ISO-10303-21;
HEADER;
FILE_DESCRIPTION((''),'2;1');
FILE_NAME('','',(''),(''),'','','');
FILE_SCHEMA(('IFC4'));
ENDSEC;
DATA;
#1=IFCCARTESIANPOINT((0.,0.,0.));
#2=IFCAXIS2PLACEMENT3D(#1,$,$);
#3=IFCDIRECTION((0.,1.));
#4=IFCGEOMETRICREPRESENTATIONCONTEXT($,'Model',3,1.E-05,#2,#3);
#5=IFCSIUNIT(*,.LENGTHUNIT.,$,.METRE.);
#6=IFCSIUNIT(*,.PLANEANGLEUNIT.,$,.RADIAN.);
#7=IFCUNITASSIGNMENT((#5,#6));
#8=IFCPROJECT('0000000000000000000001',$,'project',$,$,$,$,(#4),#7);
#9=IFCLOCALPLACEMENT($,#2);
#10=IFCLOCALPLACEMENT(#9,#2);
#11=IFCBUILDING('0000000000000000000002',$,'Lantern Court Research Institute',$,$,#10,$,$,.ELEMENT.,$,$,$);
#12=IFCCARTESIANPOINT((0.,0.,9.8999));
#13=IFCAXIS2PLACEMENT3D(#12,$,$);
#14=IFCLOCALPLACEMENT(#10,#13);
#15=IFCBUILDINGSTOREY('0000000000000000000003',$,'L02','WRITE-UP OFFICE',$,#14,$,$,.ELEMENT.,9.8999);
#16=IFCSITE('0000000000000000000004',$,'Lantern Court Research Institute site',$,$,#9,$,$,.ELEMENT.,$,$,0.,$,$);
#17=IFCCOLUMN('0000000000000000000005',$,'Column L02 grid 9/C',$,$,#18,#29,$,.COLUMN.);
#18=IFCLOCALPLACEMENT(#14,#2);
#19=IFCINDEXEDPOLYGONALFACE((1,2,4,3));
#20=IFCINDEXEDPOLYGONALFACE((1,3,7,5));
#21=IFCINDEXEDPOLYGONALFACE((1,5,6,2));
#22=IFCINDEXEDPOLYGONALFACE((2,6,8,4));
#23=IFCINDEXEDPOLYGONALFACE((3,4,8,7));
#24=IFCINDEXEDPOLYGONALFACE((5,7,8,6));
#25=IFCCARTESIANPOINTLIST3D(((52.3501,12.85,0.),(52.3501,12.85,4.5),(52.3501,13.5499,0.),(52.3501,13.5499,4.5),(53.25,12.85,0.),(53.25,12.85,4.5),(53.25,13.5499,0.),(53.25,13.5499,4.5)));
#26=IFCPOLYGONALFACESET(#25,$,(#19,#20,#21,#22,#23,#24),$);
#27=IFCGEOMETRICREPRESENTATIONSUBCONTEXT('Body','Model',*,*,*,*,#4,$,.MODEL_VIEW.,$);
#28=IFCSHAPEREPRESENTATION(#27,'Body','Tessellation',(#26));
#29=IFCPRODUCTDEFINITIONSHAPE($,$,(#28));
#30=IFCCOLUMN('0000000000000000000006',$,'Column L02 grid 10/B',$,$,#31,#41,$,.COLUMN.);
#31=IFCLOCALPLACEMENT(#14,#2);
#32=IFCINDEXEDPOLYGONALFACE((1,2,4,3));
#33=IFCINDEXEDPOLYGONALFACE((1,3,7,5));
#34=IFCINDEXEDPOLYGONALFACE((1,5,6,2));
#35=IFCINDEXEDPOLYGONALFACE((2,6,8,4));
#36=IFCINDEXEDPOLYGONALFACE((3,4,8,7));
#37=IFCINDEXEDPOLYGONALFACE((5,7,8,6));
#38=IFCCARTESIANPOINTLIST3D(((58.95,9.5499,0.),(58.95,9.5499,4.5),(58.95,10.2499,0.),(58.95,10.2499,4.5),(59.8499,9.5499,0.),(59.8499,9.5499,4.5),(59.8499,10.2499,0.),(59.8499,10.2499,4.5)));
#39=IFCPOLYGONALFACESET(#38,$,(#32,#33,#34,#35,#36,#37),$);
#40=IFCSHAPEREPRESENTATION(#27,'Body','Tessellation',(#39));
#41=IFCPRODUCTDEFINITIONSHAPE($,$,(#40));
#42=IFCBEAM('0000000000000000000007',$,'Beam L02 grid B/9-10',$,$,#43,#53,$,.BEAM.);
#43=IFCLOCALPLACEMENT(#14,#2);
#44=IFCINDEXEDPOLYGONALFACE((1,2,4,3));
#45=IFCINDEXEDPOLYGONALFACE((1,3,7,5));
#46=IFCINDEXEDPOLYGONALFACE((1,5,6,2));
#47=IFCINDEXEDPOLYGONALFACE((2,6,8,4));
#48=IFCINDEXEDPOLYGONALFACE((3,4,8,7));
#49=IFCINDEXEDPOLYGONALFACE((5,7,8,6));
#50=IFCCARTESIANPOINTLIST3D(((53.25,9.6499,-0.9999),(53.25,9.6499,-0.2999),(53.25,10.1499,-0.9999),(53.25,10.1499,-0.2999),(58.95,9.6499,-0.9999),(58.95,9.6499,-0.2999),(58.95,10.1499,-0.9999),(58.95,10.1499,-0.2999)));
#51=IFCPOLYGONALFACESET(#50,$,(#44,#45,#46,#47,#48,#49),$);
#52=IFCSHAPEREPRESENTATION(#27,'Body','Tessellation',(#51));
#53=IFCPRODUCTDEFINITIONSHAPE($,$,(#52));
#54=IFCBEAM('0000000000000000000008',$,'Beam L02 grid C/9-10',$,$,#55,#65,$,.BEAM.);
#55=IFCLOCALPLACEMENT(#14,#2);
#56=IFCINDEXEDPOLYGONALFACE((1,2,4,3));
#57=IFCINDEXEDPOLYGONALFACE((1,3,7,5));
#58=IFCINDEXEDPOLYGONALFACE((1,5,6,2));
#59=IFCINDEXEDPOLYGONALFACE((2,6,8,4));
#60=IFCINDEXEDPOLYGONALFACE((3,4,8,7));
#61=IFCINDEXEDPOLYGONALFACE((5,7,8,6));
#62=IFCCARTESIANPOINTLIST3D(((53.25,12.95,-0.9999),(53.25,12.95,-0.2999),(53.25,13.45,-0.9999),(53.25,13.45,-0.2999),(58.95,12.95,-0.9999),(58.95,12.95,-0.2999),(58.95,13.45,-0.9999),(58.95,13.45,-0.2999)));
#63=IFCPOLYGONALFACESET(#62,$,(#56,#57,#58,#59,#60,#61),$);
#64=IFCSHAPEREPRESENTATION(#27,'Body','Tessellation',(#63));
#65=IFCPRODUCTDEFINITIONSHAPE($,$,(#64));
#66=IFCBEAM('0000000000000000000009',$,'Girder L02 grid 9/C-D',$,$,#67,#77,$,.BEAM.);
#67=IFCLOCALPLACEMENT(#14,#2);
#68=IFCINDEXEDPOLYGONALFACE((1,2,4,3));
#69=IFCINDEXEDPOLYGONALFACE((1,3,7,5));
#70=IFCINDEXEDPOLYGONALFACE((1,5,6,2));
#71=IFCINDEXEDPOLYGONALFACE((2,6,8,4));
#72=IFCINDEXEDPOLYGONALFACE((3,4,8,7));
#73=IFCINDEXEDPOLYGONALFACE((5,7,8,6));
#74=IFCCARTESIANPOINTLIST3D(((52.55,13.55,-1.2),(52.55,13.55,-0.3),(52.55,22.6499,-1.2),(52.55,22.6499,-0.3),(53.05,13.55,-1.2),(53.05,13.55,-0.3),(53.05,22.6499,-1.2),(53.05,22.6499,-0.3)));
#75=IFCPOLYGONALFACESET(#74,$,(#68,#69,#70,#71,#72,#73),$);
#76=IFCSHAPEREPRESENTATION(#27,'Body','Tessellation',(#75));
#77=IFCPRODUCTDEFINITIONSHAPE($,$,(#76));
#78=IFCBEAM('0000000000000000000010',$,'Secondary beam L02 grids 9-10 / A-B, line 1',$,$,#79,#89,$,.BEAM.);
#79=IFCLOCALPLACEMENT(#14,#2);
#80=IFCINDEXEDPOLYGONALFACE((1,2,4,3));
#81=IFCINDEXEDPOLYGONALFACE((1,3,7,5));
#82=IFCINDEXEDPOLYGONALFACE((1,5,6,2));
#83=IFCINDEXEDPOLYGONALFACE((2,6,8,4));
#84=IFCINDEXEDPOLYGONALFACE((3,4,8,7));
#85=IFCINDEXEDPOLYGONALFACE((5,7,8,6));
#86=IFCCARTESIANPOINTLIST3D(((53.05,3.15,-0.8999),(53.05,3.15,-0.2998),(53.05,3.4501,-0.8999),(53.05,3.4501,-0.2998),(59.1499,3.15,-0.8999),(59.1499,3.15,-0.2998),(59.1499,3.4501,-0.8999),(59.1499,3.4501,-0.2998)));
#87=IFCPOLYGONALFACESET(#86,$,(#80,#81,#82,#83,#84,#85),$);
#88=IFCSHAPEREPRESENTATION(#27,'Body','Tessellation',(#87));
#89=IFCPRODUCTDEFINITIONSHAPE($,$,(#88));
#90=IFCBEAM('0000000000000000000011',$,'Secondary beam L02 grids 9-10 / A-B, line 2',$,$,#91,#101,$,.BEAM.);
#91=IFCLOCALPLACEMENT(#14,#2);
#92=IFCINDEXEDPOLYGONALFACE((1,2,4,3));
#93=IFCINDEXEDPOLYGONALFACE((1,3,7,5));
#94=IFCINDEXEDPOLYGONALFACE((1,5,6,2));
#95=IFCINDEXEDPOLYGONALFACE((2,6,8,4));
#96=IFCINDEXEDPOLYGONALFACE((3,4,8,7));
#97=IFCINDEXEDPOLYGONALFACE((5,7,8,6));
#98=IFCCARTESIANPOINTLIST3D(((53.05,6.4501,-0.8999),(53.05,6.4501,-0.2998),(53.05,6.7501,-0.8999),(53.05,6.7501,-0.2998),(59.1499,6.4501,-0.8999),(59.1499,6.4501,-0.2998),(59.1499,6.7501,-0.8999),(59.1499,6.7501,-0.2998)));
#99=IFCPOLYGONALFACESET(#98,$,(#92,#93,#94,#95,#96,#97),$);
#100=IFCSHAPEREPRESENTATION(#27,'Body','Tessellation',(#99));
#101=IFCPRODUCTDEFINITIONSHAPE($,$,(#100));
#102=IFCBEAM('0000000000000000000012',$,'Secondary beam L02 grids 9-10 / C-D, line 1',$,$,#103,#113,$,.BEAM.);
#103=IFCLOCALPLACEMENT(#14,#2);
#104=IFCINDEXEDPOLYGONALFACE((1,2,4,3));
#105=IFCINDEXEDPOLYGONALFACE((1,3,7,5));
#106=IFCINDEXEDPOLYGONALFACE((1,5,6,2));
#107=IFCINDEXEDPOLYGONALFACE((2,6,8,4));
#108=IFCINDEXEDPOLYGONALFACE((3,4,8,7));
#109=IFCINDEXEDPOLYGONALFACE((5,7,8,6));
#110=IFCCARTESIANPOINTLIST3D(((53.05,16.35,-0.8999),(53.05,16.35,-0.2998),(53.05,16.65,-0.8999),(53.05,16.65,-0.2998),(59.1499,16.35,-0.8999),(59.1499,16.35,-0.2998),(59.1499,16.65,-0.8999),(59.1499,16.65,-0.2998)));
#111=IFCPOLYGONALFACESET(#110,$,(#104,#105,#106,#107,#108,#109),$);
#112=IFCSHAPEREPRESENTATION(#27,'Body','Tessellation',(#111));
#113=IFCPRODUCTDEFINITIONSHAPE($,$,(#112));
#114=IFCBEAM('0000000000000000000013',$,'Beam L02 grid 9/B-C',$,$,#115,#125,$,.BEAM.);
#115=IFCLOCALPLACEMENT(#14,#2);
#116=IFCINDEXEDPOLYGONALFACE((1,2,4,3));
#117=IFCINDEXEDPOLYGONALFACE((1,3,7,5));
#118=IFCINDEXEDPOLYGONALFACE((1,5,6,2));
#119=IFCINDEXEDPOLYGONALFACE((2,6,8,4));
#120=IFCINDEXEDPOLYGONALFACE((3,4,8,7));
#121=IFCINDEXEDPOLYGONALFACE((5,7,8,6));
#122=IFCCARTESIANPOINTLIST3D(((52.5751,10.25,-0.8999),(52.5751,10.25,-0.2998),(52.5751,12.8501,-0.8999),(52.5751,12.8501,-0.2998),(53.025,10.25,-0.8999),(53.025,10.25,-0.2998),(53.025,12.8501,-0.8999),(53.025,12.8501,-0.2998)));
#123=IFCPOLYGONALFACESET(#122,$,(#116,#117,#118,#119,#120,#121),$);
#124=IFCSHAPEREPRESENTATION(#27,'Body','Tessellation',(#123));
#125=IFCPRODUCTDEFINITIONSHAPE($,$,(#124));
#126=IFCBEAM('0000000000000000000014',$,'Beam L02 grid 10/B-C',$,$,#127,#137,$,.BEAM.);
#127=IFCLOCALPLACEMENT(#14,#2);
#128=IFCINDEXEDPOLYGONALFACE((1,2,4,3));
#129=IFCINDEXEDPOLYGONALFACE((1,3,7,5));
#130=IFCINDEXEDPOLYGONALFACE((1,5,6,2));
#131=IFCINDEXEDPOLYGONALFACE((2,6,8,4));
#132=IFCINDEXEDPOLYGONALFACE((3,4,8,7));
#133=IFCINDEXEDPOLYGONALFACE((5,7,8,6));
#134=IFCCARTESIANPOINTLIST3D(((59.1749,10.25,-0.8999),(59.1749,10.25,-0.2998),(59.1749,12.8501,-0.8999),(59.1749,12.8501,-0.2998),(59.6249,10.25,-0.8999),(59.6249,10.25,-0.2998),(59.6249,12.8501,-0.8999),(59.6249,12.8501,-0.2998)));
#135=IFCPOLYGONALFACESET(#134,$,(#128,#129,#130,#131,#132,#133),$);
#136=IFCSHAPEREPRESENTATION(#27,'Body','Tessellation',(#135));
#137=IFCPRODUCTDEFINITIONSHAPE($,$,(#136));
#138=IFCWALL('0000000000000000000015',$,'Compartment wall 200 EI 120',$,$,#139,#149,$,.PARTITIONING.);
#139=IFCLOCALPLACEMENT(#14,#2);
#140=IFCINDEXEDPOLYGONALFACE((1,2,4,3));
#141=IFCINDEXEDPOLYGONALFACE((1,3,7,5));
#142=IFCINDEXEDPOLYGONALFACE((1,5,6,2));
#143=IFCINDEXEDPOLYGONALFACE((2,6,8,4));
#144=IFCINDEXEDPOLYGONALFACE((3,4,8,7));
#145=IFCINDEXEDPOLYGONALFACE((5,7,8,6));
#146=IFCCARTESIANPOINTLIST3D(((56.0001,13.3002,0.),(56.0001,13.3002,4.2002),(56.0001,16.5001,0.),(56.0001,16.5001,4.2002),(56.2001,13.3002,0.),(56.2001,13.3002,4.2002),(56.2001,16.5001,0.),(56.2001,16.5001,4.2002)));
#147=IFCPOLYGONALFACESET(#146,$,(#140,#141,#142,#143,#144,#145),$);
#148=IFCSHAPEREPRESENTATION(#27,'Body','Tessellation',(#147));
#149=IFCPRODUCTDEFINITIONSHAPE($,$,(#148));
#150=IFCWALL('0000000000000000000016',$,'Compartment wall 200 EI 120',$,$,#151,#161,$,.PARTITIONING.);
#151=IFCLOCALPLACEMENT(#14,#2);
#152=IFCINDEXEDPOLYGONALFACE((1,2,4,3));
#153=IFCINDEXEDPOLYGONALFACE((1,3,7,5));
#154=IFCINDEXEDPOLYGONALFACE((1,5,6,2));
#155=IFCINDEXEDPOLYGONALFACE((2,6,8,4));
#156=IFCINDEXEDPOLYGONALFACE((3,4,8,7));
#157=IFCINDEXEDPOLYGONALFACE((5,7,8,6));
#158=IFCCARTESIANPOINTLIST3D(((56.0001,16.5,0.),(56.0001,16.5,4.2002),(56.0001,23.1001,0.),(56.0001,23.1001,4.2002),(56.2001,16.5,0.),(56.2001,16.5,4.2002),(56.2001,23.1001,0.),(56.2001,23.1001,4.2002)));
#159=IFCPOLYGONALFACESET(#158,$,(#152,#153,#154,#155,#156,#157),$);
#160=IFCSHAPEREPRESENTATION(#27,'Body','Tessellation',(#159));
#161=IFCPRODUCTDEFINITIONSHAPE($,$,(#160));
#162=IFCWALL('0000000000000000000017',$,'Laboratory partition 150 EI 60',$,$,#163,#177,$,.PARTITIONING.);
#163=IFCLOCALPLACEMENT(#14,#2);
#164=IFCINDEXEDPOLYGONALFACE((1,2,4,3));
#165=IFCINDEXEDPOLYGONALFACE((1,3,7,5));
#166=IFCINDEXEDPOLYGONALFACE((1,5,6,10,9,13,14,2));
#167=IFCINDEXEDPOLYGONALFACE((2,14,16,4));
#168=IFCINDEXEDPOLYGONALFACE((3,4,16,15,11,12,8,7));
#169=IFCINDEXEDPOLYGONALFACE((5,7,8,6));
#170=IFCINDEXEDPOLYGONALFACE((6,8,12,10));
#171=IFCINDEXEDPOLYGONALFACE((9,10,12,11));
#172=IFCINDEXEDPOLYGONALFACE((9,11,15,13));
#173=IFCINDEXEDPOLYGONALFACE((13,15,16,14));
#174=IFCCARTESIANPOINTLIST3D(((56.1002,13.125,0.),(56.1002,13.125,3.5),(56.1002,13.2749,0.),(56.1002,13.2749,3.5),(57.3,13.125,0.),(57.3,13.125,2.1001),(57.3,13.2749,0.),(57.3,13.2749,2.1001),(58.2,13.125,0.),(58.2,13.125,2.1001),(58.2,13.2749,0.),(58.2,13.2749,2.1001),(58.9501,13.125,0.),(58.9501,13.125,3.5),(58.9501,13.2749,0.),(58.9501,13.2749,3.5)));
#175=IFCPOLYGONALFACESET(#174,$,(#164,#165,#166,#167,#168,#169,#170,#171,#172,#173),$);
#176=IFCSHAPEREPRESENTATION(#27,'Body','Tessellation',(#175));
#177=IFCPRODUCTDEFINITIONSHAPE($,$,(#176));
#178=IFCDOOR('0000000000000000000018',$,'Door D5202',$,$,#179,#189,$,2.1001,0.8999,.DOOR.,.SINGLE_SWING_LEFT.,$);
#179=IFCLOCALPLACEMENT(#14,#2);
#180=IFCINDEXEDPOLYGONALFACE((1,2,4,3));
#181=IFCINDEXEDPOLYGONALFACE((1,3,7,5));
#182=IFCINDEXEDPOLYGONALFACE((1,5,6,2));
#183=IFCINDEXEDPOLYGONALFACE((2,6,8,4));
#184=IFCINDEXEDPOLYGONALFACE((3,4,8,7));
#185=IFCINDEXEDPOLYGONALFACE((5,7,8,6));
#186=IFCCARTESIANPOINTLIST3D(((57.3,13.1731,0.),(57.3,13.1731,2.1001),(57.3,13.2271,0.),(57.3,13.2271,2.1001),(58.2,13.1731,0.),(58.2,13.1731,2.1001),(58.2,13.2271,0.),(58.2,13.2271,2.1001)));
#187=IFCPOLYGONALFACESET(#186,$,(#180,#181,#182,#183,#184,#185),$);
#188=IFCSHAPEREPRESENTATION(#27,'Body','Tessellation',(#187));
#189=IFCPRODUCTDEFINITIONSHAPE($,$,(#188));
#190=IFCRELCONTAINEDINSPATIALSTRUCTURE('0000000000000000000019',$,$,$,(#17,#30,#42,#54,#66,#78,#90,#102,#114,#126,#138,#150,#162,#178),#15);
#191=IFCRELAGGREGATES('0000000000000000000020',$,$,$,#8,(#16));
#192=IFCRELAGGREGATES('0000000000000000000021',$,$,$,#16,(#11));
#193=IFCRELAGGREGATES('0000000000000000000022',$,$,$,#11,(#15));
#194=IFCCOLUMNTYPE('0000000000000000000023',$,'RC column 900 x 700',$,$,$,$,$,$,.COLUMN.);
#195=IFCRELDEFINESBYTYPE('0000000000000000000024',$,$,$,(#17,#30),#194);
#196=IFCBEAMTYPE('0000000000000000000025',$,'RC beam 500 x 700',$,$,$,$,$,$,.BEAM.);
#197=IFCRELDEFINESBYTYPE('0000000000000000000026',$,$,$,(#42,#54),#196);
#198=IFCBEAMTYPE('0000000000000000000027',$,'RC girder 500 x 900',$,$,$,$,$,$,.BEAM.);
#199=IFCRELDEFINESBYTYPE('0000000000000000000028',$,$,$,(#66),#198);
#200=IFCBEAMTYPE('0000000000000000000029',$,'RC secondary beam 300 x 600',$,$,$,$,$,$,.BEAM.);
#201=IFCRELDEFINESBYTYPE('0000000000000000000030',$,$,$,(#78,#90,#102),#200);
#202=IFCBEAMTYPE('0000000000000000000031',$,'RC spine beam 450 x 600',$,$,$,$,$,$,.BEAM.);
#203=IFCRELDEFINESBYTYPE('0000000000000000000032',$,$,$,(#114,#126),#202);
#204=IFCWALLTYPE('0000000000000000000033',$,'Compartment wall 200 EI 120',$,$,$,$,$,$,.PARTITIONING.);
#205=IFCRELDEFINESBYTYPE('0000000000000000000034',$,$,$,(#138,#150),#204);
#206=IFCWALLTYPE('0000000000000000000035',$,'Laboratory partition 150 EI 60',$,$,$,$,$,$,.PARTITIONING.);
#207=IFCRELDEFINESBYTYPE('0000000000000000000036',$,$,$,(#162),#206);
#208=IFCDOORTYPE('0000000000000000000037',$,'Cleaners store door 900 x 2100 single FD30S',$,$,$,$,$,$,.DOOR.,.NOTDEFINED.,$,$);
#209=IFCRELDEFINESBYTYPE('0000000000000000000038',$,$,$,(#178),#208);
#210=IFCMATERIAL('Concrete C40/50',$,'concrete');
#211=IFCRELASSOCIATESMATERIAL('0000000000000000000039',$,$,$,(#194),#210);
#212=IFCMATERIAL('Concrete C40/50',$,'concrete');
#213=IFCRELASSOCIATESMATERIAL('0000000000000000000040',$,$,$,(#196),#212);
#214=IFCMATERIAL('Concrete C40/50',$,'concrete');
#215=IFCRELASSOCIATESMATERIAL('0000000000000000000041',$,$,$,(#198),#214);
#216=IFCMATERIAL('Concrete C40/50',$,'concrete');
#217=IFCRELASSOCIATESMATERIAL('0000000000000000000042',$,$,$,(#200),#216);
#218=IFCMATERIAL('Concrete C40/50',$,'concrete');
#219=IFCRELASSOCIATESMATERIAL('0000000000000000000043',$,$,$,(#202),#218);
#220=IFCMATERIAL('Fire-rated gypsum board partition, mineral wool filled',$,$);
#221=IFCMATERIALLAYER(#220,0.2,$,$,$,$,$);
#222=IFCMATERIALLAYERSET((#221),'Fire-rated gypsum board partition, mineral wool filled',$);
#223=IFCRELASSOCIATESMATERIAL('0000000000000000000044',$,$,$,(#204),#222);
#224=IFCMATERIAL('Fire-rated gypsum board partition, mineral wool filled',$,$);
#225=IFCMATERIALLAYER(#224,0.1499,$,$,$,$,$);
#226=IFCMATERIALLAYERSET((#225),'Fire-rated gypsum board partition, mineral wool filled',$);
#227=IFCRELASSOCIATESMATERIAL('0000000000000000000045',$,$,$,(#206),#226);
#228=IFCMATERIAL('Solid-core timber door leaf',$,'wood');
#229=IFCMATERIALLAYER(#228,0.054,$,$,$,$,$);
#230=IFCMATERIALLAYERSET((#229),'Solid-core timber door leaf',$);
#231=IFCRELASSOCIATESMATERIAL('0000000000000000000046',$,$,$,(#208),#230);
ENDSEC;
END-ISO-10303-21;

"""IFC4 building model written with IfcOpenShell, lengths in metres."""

from ifc_helpers import new_model, si_unit, direction, frame, frame_2d, origin, origin_2d, place, context, subcontext, project, spatial, rectangle, extrude, material, layer, layer_set, material_profile, profile_set, type_object, element, fill, save


model = new_model("IFC4")

# Units and contexts
model_context = context("Model", 3, precision=1e-05, world=origin(), true_north=direction((0.0, 1.0)))
body_context = subcontext(model_context, "Body", "Model", "MODEL_VIEW")
ifc_project = project(units=[si_unit("LENGTHUNIT", "METRE"), si_unit("PLANEANGLEUNIT", "RADIAN")], contexts=[model_context])

# Site, building, storey
site_placement = place(None, origin())
site = spatial("IfcSite", under=ifc_project, at=site_placement, Name="Lantern Court Research Institute site", CompositionType="ELEMENT", RefElevation=0.0)
building_placement = place(site_placement, origin())
building = spatial("IfcBuilding", under=site, at=building_placement, Name="Lantern Court Research Institute", CompositionType="ELEMENT")
storey_placement = place(building_placement, frame((0.0, 0.0, 9.8999)))
storey = spatial("IfcBuildingStorey", under=building, at=storey_placement, Name="L02", Description="WRITE-UP OFFICE", CompositionType="ELEMENT", Elevation=9.8999)

# Columns
ifc_material_1 = material(Name="Concrete C40/50", Category="concrete")
ifc_material_profile_1 = material_profile(ifc_material_1, rectangle(XDim=0.8999, YDim=0.7, at=origin_2d()), Name="RC column 900 x 700")
ifc_profile_set_1 = profile_set([ifc_material_profile_1], Name="Concrete C40/50")
column_type = type_object("IfcColumnType", Name="RC column 900 x 700", PredefinedType="COLUMN", material=ifc_profile_set_1)
for number, where, z_axis, x_axis, name in (
    (1, (52.8, 13.2, 0.0), (0.0, 0.0, 1.0), (1.0, 0.0, 0.0), "Column L02 grid 9/C"),
    (2, (59.3999, 9.8999, 0.0), (0.0, 0.0, 1.0), (1.0, 0.0, 0.0), "Column L02 grid 10/B"),
):
    element("IfcColumn", number, at=place(storey_placement, frame(where, z_axis=z_axis, x_axis=x_axis)), inside=storey, type_object=column_type, Name=name, PredefinedType="COLUMN", context=body_context, shape_type="SweptSolid", body=[
        extrude(rectangle(XDim=0.8999, YDim=0.7, at=origin_2d()), origin(), (0.0, 0.0, 1.0), 4.5),
    ])

# Beams
ifc_material_2 = material(Name="Concrete C40/50", Category="concrete")
ifc_material_profile_2 = material_profile(ifc_material_2, rectangle(XDim=0.5, YDim=0.7, at=origin_2d()), Name="RC beam 500 x 700")
ifc_profile_set_2 = profile_set([ifc_material_profile_2], Name="Concrete C40/50")
beam_type_1 = type_object("IfcBeamType", Name="RC beam 500 x 700", PredefinedType="BEAM", material=ifc_profile_set_2)
for number, where, z_axis, x_axis, name in (
    (3, (53.25, 9.8999, -0.6499), (1.0, 0.0, 0.0), (0.0, 1.0, 0.0), "Beam L02 grid B/9-10"),
    (4, (53.25, 13.2, -0.6499), (1.0, 0.0, 0.0), (0.0, 1.0, 0.0), "Beam L02 grid C/9-10"),
):
    element("IfcBeam", number, at=place(storey_placement, frame(where, z_axis=z_axis, x_axis=x_axis)), inside=storey, type_object=beam_type_1, Name=name, PredefinedType="BEAM", context=body_context, shape_type="SweptSolid", body=[
        extrude(rectangle(XDim=0.5, YDim=0.7, at=origin_2d()), origin(), (0.0, 0.0, 1.0), 5.7),
    ])
ifc_material_3 = material(Name="Concrete C40/50", Category="concrete")
ifc_material_profile_3 = material_profile(ifc_material_3, rectangle(XDim=0.5, YDim=0.8999, at=origin_2d()), Name="RC beam 500 x 900")
ifc_profile_set_3 = profile_set([ifc_material_profile_3], Name="Concrete C40/50")
beam_type_2 = type_object("IfcBeamType", Name="RC girder 500 x 900", PredefinedType="BEAM", material=ifc_profile_set_3)
beam_placement = place(storey_placement, frame((52.8, 13.55, -0.75), z_axis=(0.0, 1.0, 0.0), x_axis=(-1.0, 0.0, 0.0)))
element("IfcBeam", 5, at=beam_placement, inside=storey, type_object=beam_type_2, Name="Girder L02 grid 9/C-D", PredefinedType="BEAM", context=body_context, shape_type="SweptSolid", body=[
    extrude(rectangle(XDim=0.5, YDim=0.8999, at=origin_2d()), origin(), (0.0, 0.0, 1.0), 9.0999),
])
ifc_material_4 = material(Name="Concrete C40/50", Category="concrete")
ifc_material_profile_4 = material_profile(ifc_material_4, rectangle(XDim=0.3, YDim=0.6001, at=origin_2d()), Name="RC beam 300 x 600")
ifc_profile_set_4 = profile_set([ifc_material_profile_4], Name="Concrete C40/50")
beam_type_3 = type_object("IfcBeamType", Name="RC secondary beam 300 x 600", PredefinedType="BEAM", material=ifc_profile_set_4)
for number, where, z_axis, x_axis, name in (
    (6, (53.05, 3.3, -0.5999), (1.0, 0.0, 0.0), (0.0, 1.0, 0.0), "Secondary beam L02 grids 9-10 / A-B, line 1"),
    (7, (53.05, 6.6001, -0.5999), (1.0, 0.0, 0.0), (0.0, 1.0, 0.0), "Secondary beam L02 grids 9-10 / A-B, line 2"),
    (8, (53.05, 16.5, -0.5999), (1.0, 0.0, 0.0), (0.0, 1.0, 0.0), "Secondary beam L02 grids 9-10 / C-D, line 1"),
):
    element("IfcBeam", number, at=place(storey_placement, frame(where, z_axis=z_axis, x_axis=x_axis)), inside=storey, type_object=beam_type_3, Name=name, PredefinedType="BEAM", context=body_context, shape_type="SweptSolid", body=[
        extrude(rectangle(XDim=0.3, YDim=0.6001, at=origin_2d()), origin(), (0.0, 0.0, 1.0), 6.0999),
    ])
ifc_material_5 = material(Name="Concrete C40/50", Category="concrete")
ifc_material_profile_5 = material_profile(ifc_material_5, rectangle(XDim=0.45, YDim=0.6001, at=origin_2d()), Name="RC beam 450 x 600")
ifc_profile_set_5 = profile_set([ifc_material_profile_5], Name="Concrete C40/50")
beam_type_4 = type_object("IfcBeamType", Name="RC spine beam 450 x 600", PredefinedType="BEAM", material=ifc_profile_set_5)
for number, where, z_axis, x_axis, name in (
    (9, (52.8, 10.25, -0.5999), (0.0, 1.0, 0.0), (-1.0, 0.0, 0.0), "Beam L02 grid 9/B-C"),
    (10, (59.3999, 10.25, -0.5999), (0.0, 1.0, 0.0), (-1.0, 0.0, 0.0), "Beam L02 grid 10/B-C"),
):
    element("IfcBeam", number, at=place(storey_placement, frame(where, z_axis=z_axis, x_axis=x_axis)), inside=storey, type_object=beam_type_4, Name=name, PredefinedType="BEAM", context=body_context, shape_type="SweptSolid", body=[
        extrude(rectangle(XDim=0.45, YDim=0.6001, at=origin_2d()), origin(), (0.0, 0.0, 1.0), 2.6001),
    ])

# Shared definitions
ifc_material_6 = material(Name="Fire-rated gypsum board partition, mineral wool filled")
ifc_layer_1 = layer(ifc_material_6, 0.2)
ifc_layer_set_1 = layer_set([ifc_layer_1], Name="Fire-rated gypsum board partition, mineral wool filled")
wall_type_1 = type_object("IfcWallType", Name="Compartment wall 200 EI 120", PredefinedType="PARTITIONING", material=ifc_layer_set_1)

# Walls
wall_1_placement = place(storey_placement, frame((56.1001, 13.3, 0.0), z_axis=(0.0, 0.0, 1.0), x_axis=(0.0, 1.0, 0.0)))
element("IfcWall", 11, at=wall_1_placement, inside=storey, type_object=wall_type_1, Name="Compartment wall 200 EI 120", PredefinedType="PARTITIONING", context=body_context, shape_type="SweptSolid", body=[
    extrude(rectangle(XDim=3.2, YDim=0.2, at=frame_2d((1.6001, 0.0))), origin(), (0.0, 0.0, 1.0), 4.2002),
])
wall_2_placement = place(storey_placement, frame((56.1001, 16.5, 0.0), z_axis=(0.0, 0.0, 1.0), x_axis=(0.0, 1.0, 0.0)))
element("IfcWall", 12, at=wall_2_placement, inside=storey, type_object=wall_type_1, Name="Compartment wall 200 EI 120", PredefinedType="PARTITIONING", context=body_context, shape_type="SweptSolid", body=[
    extrude(rectangle(XDim=6.6001, YDim=0.2, at=frame_2d((3.3, 0.0))), origin(), (0.0, 0.0, 1.0), 4.2002),
])

# Wall, opening, door
ifc_material_7 = material(Name="Fire-rated gypsum board partition, mineral wool filled")
ifc_layer_2 = layer(ifc_material_7, 0.1499)
ifc_layer_set_2 = layer_set([ifc_layer_2], Name="Fire-rated gypsum board partition, mineral wool filled")
wall_type_2 = type_object("IfcWallType", Name="Laboratory partition 150 EI 60", PredefinedType="PARTITIONING", material=ifc_layer_set_2)
wall_3_placement = place(storey_placement, frame((58.95, 13.2, 0.0), z_axis=(0.0, 0.0, 1.0), x_axis=(-1.0, 0.0, 0.0)))
wall_3 = element("IfcWall", 13, at=wall_3_placement, inside=storey, type_object=wall_type_2, Name="Laboratory partition 150 EI 60", PredefinedType="PARTITIONING", context=body_context, shape_type="SweptSolid", body=[
    extrude(rectangle(XDim=2.8499, YDim=0.1499, at=frame_2d((1.4248, 0.0))), origin(), (0.0, 0.0, 1.0), 3.5),
])
opening_1_placement = place(wall_3_placement, frame((0.75, 0.0, 0.0)))
opening_1 = element("IfcOpeningElement", 14, at=opening_1_placement, cuts=wall_3, PredefinedType="OPENING", context=body_context, shape_type="SweptSolid", body=[
    extrude(rectangle(XDim=0.8999, YDim=2.1001, at=frame_2d((0.45, 1.05))), frame((0.0, 0.085, 0.0), z_axis=(0.0, -1.0, 0.0), x_axis=(1.0, 0.0, 0.0)), (0.0, 0.0, 1.0), 0.1699),
])
ifc_material_8 = material(Name="Solid-core timber door leaf", Category="wood")
ifc_layer_3 = layer(ifc_material_8, 0.054)
ifc_layer_set_3 = layer_set([ifc_layer_3], Name="Solid-core timber door leaf")
door_type_1 = type_object("IfcDoorType", Name="Cleaners store door 900 x 2100 single FD30S", OperationType="NOTDEFINED", PredefinedType="DOOR", material=ifc_layer_set_3)
door_1_placement = place(opening_1_placement, origin())
door_1 = element("IfcDoor", 15, at=door_1_placement, inside=storey, type_object=door_type_1, Name="Door D5202", OperationType="SINGLE_SWING_LEFT", OverallHeight=2.1001, OverallWidth=0.8999, PredefinedType="DOOR", context=body_context, shape_type="SweptSolid", body=[
    extrude(rectangle(XDim=0.8999, YDim=2.1001, at=frame_2d((0.45, 1.05))), frame((0.0, 0.0269, 0.0), z_axis=(0.0, -1.0, 0.0), x_axis=(1.0, 0.0, 0.0)), (0.0, 0.0, 1.0), 0.054),
])
fill(opening_1, door_1)

save(model, "model.ifc")
